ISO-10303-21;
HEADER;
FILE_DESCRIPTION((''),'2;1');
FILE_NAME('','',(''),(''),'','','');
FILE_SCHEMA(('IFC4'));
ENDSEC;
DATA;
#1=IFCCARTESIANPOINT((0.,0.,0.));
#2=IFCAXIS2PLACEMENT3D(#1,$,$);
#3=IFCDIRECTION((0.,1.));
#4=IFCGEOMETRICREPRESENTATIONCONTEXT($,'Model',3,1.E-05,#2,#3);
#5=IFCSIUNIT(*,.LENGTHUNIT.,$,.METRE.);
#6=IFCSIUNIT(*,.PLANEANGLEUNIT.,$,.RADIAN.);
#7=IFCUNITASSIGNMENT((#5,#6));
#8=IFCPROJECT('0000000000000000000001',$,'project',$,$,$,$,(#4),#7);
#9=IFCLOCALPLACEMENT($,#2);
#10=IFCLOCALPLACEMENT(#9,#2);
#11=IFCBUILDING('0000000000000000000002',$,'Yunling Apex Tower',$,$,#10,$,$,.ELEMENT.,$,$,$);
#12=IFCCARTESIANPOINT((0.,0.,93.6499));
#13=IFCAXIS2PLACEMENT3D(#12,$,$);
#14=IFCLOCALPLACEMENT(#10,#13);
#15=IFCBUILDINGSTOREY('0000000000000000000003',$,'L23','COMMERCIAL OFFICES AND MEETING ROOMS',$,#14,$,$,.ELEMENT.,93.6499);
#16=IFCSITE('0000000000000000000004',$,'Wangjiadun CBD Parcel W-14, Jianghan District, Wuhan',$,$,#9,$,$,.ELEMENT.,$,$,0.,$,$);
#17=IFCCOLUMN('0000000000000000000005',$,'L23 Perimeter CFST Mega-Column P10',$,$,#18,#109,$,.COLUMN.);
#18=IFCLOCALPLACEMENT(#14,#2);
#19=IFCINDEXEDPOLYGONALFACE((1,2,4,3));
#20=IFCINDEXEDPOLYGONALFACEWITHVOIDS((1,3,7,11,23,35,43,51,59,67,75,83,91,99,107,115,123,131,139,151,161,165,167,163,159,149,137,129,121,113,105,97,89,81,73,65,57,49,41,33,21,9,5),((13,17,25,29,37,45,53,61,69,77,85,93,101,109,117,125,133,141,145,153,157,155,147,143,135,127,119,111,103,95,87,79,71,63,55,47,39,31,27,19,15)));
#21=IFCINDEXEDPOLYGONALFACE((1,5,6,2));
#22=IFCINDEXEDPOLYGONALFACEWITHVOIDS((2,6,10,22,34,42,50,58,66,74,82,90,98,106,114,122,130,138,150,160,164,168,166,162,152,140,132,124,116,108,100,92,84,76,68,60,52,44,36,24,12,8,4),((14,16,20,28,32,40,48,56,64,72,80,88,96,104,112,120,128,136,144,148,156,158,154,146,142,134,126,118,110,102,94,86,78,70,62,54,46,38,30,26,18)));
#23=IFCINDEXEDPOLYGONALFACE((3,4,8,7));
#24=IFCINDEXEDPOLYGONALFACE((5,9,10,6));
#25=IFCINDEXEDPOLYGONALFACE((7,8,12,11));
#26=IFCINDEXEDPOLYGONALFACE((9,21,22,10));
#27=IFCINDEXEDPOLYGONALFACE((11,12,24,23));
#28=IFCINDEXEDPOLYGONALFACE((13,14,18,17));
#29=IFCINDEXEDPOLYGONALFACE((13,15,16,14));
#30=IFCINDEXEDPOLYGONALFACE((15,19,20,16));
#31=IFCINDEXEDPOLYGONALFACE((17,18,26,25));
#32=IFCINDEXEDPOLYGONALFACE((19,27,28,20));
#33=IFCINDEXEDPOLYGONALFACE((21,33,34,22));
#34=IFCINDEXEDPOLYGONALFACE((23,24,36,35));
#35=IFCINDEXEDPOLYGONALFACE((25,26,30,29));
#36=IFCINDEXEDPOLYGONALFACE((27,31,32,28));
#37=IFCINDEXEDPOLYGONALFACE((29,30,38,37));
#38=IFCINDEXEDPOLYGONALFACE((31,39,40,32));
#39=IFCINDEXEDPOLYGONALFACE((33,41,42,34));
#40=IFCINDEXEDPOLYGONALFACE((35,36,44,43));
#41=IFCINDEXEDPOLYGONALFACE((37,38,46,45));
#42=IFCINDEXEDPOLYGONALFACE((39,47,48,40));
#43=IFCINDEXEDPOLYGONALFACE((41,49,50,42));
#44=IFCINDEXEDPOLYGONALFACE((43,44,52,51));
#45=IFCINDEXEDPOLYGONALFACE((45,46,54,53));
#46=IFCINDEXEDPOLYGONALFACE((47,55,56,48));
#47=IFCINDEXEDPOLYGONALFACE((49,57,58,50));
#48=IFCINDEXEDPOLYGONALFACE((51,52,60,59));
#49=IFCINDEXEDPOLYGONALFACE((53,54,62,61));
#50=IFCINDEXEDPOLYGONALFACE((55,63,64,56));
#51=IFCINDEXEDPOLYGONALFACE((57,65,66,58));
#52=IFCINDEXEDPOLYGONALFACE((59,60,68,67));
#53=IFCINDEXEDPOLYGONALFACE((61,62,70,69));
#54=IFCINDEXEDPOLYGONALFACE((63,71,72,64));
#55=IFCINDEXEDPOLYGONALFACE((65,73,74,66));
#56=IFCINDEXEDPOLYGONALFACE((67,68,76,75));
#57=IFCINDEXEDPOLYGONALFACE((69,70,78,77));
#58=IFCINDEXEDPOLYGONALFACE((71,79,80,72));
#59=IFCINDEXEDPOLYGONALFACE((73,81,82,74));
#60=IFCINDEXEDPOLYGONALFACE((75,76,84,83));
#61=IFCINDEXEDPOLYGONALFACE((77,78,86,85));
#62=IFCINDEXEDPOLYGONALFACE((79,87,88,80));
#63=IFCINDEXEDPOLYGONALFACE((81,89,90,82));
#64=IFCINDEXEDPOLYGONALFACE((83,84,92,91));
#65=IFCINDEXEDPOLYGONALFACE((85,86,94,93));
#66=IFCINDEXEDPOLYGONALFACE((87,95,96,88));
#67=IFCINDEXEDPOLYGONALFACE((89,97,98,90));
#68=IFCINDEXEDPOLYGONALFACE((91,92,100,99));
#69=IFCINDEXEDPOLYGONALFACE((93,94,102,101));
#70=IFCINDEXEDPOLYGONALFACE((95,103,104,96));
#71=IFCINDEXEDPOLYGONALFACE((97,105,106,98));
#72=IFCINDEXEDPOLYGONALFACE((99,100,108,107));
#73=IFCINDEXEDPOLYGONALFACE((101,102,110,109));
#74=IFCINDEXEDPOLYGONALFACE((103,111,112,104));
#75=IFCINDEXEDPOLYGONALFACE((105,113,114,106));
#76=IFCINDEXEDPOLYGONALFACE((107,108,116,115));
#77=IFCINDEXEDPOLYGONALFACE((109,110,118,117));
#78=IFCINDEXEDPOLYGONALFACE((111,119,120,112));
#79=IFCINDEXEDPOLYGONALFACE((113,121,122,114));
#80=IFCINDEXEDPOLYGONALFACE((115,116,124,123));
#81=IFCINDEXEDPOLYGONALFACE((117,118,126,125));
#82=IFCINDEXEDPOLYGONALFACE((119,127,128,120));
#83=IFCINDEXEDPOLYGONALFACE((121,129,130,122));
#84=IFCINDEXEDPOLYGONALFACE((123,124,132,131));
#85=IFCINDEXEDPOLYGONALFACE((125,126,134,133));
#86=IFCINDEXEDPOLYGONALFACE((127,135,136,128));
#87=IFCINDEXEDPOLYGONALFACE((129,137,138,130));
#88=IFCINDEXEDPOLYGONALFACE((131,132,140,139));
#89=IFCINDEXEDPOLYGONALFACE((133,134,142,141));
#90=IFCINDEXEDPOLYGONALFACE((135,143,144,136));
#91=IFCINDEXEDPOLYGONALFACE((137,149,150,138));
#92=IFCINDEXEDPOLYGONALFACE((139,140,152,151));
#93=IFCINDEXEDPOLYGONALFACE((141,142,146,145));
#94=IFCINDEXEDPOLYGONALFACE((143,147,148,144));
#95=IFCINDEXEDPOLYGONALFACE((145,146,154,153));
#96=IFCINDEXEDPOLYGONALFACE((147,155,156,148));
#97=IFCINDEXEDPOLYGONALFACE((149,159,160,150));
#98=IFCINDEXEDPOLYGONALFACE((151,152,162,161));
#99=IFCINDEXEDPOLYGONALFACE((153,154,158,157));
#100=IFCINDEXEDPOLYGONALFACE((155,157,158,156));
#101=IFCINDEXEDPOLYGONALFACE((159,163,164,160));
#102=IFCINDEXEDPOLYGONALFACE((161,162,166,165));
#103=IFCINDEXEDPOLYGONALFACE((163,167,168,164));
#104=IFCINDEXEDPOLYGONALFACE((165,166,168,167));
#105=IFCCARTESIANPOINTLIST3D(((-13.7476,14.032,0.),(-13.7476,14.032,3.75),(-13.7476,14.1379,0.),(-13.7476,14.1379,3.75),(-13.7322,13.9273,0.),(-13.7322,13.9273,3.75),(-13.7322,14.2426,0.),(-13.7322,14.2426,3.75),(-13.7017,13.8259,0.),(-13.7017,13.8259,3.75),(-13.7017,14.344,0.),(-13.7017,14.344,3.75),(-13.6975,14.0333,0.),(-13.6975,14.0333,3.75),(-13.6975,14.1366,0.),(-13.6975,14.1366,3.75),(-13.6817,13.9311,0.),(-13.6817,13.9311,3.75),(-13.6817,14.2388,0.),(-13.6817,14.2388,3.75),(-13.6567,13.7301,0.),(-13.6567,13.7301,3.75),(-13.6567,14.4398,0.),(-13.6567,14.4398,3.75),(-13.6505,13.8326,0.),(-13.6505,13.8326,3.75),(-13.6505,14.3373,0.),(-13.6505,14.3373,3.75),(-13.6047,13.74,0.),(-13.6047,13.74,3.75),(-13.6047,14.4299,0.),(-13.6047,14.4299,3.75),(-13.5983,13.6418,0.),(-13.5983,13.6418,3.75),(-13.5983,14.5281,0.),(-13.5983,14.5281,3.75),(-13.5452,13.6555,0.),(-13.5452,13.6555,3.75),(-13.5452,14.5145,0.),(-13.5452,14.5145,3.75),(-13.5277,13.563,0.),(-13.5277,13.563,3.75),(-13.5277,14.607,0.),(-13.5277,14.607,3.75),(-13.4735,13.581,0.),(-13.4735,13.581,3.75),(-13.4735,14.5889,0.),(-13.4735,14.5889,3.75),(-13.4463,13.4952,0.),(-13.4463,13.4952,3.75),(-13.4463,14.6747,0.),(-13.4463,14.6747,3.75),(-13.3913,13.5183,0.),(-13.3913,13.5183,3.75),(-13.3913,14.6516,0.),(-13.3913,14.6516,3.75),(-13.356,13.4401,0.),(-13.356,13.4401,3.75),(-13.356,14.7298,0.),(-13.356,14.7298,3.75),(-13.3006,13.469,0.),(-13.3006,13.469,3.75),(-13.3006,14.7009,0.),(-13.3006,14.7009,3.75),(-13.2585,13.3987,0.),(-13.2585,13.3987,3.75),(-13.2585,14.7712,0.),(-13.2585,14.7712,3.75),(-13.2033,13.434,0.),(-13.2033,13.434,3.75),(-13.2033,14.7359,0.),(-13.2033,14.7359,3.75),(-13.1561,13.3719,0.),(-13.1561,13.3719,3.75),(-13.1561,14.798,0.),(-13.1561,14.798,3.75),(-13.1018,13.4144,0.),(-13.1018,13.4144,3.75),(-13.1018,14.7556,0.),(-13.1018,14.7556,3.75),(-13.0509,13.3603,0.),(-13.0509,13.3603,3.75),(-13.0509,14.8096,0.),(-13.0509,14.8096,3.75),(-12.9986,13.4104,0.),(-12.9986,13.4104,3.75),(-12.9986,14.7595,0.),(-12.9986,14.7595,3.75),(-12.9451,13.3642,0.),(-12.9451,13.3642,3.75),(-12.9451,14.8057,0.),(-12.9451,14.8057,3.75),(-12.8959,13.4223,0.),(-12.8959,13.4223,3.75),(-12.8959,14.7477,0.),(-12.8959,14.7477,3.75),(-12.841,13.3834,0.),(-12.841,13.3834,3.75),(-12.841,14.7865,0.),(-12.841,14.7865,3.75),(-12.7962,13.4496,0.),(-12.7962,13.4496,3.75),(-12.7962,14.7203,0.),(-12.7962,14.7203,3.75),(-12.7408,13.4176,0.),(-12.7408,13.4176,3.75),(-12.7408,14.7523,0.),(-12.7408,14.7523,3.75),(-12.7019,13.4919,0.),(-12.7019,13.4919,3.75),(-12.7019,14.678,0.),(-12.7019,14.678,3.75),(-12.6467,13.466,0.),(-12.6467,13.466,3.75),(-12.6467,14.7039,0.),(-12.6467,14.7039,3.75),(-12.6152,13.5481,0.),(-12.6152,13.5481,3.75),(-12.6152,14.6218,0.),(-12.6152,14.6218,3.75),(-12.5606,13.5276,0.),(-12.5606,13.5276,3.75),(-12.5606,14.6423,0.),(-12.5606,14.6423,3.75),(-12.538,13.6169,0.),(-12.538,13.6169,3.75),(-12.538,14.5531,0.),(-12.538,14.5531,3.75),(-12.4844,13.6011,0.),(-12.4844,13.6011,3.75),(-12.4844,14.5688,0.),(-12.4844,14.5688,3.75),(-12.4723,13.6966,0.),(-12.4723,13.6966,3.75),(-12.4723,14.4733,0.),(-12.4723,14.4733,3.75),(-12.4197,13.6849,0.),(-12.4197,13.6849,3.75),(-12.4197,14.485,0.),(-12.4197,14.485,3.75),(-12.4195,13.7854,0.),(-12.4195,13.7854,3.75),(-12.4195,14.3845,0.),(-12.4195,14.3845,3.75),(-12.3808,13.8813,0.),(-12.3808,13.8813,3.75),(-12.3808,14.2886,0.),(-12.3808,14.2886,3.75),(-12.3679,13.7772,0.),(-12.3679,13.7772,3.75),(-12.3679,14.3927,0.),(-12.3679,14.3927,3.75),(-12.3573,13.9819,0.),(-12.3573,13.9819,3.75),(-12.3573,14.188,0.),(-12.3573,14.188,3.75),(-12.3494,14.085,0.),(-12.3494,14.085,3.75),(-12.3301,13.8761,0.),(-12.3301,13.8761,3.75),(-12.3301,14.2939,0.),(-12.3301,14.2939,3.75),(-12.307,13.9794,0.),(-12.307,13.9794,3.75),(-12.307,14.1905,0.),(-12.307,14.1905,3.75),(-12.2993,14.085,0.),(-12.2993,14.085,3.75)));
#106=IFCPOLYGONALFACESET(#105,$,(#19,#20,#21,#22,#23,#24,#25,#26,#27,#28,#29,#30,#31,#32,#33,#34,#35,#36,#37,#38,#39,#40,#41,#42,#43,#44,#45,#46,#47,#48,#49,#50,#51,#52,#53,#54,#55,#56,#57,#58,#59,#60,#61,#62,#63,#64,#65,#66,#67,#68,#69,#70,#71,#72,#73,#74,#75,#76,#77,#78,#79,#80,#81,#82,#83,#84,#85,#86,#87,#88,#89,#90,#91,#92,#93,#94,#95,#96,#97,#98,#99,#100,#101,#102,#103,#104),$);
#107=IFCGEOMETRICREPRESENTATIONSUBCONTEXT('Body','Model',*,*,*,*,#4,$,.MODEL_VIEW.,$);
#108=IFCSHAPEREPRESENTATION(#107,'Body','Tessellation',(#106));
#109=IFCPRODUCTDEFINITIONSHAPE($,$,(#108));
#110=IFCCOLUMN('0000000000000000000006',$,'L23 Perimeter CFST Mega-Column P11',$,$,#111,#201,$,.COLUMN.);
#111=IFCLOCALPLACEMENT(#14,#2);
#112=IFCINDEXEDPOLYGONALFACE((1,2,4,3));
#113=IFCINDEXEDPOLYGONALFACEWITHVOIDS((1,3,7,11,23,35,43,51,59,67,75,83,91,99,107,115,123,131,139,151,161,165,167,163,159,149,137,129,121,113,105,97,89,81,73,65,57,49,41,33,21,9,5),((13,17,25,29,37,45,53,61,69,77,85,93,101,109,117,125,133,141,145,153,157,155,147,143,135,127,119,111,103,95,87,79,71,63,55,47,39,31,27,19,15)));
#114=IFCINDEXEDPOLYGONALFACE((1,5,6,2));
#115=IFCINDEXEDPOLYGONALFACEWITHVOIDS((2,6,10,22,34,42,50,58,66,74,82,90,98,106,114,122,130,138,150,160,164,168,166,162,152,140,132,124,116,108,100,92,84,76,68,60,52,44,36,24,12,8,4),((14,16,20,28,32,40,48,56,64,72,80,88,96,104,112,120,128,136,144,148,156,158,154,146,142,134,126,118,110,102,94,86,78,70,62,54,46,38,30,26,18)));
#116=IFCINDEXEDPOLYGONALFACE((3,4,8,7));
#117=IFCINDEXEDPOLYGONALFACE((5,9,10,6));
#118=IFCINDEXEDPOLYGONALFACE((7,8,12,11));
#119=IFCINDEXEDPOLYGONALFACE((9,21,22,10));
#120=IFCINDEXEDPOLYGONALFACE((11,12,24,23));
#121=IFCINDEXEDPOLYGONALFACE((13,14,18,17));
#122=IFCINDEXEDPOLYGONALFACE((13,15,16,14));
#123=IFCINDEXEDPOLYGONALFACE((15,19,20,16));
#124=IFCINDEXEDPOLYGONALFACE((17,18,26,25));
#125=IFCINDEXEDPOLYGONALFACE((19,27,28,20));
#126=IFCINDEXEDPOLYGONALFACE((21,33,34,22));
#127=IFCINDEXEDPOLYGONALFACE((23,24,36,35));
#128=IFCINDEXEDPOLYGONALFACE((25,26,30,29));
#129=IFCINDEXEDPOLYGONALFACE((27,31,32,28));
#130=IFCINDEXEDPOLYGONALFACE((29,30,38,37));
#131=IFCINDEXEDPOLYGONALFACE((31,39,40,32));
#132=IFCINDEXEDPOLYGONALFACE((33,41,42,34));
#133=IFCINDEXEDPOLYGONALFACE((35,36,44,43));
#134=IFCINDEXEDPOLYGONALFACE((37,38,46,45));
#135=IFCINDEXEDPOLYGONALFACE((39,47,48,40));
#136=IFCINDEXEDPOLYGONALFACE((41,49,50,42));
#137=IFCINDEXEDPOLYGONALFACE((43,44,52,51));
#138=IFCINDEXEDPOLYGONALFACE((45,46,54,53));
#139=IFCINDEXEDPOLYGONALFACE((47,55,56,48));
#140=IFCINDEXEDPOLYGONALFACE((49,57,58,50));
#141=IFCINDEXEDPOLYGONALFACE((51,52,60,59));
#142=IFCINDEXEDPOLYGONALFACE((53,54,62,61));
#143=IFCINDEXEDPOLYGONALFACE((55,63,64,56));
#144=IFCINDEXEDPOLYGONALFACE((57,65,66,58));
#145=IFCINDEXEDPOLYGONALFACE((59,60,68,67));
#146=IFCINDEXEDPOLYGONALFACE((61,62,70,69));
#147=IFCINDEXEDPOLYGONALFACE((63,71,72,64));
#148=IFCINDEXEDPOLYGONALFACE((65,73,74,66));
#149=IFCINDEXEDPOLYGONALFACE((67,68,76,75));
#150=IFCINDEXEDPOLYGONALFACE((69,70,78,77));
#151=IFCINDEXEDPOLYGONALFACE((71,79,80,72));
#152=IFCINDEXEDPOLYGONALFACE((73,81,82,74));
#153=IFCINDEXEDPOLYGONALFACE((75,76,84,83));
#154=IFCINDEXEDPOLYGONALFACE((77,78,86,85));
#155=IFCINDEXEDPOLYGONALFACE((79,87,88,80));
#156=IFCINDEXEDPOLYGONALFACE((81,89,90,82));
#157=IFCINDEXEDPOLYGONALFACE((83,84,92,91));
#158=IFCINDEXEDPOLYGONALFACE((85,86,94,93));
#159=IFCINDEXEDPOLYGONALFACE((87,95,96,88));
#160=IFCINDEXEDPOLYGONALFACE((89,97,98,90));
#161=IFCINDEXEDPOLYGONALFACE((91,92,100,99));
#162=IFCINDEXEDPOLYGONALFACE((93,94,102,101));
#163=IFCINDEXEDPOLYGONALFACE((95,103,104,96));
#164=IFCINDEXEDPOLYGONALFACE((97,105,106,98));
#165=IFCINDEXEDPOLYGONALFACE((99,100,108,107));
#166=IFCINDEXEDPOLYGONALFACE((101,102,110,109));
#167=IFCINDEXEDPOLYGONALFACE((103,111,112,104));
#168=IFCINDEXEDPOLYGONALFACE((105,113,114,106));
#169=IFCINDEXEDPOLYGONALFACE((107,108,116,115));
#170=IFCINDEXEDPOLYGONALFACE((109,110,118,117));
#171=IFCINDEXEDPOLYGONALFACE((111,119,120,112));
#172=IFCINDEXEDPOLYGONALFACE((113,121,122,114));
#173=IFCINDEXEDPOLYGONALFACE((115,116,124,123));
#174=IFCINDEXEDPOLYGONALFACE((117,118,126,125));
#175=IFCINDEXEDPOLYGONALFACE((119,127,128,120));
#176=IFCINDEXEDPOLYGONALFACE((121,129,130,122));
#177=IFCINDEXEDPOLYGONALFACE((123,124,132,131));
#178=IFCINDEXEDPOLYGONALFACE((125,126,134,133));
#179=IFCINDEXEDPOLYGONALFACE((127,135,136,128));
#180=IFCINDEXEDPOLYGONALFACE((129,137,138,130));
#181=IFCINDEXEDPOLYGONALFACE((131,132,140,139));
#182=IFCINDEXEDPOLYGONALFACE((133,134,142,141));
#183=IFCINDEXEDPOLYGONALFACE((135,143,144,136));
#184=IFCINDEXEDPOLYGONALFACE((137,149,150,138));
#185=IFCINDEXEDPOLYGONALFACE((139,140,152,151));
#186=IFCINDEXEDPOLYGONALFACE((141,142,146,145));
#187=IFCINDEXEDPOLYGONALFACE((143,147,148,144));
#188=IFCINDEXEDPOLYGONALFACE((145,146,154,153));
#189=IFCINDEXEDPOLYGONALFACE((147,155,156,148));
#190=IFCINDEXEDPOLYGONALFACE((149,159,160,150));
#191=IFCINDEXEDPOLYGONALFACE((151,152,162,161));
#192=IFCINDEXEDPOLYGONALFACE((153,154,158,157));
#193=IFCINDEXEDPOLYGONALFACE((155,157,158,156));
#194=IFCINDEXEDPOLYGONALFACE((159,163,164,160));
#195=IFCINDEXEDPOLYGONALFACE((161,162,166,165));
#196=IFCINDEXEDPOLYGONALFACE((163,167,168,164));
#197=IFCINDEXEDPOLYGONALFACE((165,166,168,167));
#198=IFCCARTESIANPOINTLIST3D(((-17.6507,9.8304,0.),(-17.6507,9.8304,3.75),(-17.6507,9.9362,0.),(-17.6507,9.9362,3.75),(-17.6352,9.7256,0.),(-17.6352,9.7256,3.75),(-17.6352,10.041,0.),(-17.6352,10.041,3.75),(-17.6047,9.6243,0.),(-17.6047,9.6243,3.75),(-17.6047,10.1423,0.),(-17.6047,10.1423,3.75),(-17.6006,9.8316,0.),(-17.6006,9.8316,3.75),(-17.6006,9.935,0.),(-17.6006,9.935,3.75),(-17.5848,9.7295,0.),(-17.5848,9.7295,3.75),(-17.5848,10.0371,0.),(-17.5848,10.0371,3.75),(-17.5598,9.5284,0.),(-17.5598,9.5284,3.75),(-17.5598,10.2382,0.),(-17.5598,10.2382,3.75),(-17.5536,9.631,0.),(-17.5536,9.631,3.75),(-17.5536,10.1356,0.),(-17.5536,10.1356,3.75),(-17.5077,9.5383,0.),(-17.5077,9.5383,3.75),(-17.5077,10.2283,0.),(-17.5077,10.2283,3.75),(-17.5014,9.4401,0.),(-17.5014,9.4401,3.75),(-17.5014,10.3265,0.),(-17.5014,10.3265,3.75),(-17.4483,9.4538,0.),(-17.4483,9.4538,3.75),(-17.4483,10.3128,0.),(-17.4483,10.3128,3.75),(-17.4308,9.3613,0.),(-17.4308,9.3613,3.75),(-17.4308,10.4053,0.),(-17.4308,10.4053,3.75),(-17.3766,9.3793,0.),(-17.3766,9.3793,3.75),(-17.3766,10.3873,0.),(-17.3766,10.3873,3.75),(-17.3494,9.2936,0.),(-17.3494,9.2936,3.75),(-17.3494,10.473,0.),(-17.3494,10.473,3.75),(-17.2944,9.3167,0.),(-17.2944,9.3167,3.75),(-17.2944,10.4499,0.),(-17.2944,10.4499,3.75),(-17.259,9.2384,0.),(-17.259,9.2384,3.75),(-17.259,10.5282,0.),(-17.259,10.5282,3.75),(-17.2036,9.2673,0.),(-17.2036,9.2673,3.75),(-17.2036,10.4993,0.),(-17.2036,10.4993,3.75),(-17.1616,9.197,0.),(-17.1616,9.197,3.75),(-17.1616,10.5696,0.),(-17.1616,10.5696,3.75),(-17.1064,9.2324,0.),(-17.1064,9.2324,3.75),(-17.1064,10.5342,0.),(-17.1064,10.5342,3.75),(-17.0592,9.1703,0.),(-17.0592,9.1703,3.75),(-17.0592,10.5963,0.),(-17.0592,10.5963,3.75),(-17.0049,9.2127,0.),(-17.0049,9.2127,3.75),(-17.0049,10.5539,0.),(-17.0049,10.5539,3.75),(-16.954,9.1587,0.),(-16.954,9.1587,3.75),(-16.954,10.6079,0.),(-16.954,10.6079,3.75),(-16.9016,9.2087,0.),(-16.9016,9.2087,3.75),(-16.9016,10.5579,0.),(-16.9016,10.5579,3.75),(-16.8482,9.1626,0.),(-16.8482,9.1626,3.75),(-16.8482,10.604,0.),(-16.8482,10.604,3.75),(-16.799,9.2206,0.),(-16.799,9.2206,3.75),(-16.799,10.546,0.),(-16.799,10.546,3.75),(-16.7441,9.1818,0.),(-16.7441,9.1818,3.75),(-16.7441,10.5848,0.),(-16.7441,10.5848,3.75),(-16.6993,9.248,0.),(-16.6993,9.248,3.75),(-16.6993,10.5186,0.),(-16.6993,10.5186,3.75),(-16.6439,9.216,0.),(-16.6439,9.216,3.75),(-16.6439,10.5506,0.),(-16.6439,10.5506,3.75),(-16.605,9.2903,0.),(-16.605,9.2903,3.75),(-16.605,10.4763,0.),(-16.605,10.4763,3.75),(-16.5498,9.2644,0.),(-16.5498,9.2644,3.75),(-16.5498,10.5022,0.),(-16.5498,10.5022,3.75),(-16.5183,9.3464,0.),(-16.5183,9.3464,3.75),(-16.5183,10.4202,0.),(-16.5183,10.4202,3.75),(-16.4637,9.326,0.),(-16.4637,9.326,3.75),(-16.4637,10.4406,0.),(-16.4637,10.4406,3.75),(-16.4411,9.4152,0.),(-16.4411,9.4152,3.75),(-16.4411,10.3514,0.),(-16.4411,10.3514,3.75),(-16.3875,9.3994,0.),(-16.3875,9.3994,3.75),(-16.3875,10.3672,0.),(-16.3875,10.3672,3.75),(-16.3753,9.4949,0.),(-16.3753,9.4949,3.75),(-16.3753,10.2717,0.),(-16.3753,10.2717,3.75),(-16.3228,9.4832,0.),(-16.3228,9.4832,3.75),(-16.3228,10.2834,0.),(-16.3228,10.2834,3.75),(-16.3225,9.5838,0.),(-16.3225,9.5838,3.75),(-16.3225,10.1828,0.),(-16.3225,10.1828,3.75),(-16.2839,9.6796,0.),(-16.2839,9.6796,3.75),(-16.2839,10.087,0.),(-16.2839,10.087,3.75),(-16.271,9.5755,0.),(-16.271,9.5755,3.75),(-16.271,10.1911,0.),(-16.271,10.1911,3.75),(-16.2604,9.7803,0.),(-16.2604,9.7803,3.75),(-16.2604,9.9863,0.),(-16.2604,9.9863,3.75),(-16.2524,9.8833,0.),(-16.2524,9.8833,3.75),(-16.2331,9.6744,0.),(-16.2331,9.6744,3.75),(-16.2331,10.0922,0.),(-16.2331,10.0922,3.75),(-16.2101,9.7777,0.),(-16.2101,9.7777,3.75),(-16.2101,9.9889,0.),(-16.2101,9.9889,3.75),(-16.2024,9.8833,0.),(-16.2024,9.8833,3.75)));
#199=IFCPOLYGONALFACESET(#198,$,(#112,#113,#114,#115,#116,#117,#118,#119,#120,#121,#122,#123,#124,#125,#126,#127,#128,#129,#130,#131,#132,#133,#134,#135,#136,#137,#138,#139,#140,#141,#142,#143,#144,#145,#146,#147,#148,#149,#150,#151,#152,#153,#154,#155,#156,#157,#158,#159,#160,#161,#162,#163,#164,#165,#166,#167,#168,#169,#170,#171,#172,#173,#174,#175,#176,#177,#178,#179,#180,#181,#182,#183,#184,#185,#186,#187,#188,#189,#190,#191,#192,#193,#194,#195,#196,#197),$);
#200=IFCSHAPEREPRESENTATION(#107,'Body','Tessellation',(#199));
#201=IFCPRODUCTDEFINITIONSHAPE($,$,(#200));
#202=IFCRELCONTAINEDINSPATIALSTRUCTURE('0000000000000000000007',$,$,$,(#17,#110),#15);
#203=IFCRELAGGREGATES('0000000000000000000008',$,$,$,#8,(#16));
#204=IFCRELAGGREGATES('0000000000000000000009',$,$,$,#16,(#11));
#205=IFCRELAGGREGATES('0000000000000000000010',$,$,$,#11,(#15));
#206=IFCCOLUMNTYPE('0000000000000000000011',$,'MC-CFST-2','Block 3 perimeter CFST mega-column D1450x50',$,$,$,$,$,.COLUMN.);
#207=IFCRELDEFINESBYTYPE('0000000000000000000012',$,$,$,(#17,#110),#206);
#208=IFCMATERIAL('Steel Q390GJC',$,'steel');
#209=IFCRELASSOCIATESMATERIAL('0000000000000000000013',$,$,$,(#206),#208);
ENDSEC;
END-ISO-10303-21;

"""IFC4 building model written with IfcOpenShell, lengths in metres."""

from ifc_helpers import new_model, si_unit, direction, frame, origin, origin_2d, place, context, subcontext, project, spatial, hollow_circle, extrude, source, transform, mapped, material, material_profile, profile_set, type_object, element, save


model = new_model("IFC4")

# Units and contexts
model_context = context("Model", 3, precision=1e-05, world=origin(), true_north=direction((0.0, 1.0)))
body_context = subcontext(model_context, "Body", "Model", "MODEL_VIEW")
ifc_project = project(units=[si_unit("LENGTHUNIT", "METRE"), si_unit("PLANEANGLEUNIT", "RADIAN")], contexts=[model_context])

# Site, building, storey
site_placement = place(None, origin())
site = spatial("IfcSite", under=ifc_project, at=site_placement, Name="Wangjiadun CBD Parcel W-14, Jianghan District, Wuhan", CompositionType="ELEMENT", RefElevation=0.0)
building_placement = place(site_placement, origin())
building = spatial("IfcBuilding", under=site, at=building_placement, Name="Yunling Apex Tower", CompositionType="ELEMENT")
storey_placement = place(building_placement, frame((0.0, 0.0, 93.6499)))
storey = spatial("IfcBuildingStorey", under=building, at=storey_placement, Name="L23", Description="COMMERCIAL OFFICES AND MEETING ROOMS", CompositionType="ELEMENT", Elevation=93.6499)

# Columns
ifc_material_1 = material(Name="Steel Q390GJC", Category="steel")
ifc_material_profile_1 = material_profile(ifc_material_1, hollow_circle(Radius=0.7251, WallThickness=0.05, at=origin_2d()))
ifc_profile_set_1 = profile_set([ifc_material_profile_1], Name="Steel Q390GJC")
column_type = type_object("IfcColumnType", Name="MC-CFST-2", Description="Block 3 perimeter CFST mega-column D1450x50", PredefinedType="COLUMN", material=ifc_profile_set_1)
shared_shape_1 = source(origin(), body_context, "Body", "SweptSolid", [
    extrude(hollow_circle(Radius=0.7251, WallThickness=0.05, at=origin_2d()), origin(), (0.0, 0.0, 1.0), 3.75),
])
for number, where, z_axis, x_axis, name in (
    (1, (-13.0244, 14.085, 0.0), (0.0, 0.0, 1.0), (1.0, 0.0, 0.0), "L23 Perimeter CFST Mega-Column P10"),
    (2, (-16.9275, 9.8833, 0.0), (0.0, 0.0, 1.0), (1.0, 0.0, 0.0), "L23 Perimeter CFST Mega-Column P11"),
):
    element("IfcColumn", number, at=place(storey_placement, frame(where, z_axis=z_axis, x_axis=x_axis)), inside=storey, type_object=column_type, Name=name, PredefinedType="COLUMN", context=body_context, shape_type="MappedRepresentation", body=[
        mapped(shared_shape_1, transform((0.0, 0.0, 0.0), scale=1.0)),
    ])

save(model, "model.ifc")
